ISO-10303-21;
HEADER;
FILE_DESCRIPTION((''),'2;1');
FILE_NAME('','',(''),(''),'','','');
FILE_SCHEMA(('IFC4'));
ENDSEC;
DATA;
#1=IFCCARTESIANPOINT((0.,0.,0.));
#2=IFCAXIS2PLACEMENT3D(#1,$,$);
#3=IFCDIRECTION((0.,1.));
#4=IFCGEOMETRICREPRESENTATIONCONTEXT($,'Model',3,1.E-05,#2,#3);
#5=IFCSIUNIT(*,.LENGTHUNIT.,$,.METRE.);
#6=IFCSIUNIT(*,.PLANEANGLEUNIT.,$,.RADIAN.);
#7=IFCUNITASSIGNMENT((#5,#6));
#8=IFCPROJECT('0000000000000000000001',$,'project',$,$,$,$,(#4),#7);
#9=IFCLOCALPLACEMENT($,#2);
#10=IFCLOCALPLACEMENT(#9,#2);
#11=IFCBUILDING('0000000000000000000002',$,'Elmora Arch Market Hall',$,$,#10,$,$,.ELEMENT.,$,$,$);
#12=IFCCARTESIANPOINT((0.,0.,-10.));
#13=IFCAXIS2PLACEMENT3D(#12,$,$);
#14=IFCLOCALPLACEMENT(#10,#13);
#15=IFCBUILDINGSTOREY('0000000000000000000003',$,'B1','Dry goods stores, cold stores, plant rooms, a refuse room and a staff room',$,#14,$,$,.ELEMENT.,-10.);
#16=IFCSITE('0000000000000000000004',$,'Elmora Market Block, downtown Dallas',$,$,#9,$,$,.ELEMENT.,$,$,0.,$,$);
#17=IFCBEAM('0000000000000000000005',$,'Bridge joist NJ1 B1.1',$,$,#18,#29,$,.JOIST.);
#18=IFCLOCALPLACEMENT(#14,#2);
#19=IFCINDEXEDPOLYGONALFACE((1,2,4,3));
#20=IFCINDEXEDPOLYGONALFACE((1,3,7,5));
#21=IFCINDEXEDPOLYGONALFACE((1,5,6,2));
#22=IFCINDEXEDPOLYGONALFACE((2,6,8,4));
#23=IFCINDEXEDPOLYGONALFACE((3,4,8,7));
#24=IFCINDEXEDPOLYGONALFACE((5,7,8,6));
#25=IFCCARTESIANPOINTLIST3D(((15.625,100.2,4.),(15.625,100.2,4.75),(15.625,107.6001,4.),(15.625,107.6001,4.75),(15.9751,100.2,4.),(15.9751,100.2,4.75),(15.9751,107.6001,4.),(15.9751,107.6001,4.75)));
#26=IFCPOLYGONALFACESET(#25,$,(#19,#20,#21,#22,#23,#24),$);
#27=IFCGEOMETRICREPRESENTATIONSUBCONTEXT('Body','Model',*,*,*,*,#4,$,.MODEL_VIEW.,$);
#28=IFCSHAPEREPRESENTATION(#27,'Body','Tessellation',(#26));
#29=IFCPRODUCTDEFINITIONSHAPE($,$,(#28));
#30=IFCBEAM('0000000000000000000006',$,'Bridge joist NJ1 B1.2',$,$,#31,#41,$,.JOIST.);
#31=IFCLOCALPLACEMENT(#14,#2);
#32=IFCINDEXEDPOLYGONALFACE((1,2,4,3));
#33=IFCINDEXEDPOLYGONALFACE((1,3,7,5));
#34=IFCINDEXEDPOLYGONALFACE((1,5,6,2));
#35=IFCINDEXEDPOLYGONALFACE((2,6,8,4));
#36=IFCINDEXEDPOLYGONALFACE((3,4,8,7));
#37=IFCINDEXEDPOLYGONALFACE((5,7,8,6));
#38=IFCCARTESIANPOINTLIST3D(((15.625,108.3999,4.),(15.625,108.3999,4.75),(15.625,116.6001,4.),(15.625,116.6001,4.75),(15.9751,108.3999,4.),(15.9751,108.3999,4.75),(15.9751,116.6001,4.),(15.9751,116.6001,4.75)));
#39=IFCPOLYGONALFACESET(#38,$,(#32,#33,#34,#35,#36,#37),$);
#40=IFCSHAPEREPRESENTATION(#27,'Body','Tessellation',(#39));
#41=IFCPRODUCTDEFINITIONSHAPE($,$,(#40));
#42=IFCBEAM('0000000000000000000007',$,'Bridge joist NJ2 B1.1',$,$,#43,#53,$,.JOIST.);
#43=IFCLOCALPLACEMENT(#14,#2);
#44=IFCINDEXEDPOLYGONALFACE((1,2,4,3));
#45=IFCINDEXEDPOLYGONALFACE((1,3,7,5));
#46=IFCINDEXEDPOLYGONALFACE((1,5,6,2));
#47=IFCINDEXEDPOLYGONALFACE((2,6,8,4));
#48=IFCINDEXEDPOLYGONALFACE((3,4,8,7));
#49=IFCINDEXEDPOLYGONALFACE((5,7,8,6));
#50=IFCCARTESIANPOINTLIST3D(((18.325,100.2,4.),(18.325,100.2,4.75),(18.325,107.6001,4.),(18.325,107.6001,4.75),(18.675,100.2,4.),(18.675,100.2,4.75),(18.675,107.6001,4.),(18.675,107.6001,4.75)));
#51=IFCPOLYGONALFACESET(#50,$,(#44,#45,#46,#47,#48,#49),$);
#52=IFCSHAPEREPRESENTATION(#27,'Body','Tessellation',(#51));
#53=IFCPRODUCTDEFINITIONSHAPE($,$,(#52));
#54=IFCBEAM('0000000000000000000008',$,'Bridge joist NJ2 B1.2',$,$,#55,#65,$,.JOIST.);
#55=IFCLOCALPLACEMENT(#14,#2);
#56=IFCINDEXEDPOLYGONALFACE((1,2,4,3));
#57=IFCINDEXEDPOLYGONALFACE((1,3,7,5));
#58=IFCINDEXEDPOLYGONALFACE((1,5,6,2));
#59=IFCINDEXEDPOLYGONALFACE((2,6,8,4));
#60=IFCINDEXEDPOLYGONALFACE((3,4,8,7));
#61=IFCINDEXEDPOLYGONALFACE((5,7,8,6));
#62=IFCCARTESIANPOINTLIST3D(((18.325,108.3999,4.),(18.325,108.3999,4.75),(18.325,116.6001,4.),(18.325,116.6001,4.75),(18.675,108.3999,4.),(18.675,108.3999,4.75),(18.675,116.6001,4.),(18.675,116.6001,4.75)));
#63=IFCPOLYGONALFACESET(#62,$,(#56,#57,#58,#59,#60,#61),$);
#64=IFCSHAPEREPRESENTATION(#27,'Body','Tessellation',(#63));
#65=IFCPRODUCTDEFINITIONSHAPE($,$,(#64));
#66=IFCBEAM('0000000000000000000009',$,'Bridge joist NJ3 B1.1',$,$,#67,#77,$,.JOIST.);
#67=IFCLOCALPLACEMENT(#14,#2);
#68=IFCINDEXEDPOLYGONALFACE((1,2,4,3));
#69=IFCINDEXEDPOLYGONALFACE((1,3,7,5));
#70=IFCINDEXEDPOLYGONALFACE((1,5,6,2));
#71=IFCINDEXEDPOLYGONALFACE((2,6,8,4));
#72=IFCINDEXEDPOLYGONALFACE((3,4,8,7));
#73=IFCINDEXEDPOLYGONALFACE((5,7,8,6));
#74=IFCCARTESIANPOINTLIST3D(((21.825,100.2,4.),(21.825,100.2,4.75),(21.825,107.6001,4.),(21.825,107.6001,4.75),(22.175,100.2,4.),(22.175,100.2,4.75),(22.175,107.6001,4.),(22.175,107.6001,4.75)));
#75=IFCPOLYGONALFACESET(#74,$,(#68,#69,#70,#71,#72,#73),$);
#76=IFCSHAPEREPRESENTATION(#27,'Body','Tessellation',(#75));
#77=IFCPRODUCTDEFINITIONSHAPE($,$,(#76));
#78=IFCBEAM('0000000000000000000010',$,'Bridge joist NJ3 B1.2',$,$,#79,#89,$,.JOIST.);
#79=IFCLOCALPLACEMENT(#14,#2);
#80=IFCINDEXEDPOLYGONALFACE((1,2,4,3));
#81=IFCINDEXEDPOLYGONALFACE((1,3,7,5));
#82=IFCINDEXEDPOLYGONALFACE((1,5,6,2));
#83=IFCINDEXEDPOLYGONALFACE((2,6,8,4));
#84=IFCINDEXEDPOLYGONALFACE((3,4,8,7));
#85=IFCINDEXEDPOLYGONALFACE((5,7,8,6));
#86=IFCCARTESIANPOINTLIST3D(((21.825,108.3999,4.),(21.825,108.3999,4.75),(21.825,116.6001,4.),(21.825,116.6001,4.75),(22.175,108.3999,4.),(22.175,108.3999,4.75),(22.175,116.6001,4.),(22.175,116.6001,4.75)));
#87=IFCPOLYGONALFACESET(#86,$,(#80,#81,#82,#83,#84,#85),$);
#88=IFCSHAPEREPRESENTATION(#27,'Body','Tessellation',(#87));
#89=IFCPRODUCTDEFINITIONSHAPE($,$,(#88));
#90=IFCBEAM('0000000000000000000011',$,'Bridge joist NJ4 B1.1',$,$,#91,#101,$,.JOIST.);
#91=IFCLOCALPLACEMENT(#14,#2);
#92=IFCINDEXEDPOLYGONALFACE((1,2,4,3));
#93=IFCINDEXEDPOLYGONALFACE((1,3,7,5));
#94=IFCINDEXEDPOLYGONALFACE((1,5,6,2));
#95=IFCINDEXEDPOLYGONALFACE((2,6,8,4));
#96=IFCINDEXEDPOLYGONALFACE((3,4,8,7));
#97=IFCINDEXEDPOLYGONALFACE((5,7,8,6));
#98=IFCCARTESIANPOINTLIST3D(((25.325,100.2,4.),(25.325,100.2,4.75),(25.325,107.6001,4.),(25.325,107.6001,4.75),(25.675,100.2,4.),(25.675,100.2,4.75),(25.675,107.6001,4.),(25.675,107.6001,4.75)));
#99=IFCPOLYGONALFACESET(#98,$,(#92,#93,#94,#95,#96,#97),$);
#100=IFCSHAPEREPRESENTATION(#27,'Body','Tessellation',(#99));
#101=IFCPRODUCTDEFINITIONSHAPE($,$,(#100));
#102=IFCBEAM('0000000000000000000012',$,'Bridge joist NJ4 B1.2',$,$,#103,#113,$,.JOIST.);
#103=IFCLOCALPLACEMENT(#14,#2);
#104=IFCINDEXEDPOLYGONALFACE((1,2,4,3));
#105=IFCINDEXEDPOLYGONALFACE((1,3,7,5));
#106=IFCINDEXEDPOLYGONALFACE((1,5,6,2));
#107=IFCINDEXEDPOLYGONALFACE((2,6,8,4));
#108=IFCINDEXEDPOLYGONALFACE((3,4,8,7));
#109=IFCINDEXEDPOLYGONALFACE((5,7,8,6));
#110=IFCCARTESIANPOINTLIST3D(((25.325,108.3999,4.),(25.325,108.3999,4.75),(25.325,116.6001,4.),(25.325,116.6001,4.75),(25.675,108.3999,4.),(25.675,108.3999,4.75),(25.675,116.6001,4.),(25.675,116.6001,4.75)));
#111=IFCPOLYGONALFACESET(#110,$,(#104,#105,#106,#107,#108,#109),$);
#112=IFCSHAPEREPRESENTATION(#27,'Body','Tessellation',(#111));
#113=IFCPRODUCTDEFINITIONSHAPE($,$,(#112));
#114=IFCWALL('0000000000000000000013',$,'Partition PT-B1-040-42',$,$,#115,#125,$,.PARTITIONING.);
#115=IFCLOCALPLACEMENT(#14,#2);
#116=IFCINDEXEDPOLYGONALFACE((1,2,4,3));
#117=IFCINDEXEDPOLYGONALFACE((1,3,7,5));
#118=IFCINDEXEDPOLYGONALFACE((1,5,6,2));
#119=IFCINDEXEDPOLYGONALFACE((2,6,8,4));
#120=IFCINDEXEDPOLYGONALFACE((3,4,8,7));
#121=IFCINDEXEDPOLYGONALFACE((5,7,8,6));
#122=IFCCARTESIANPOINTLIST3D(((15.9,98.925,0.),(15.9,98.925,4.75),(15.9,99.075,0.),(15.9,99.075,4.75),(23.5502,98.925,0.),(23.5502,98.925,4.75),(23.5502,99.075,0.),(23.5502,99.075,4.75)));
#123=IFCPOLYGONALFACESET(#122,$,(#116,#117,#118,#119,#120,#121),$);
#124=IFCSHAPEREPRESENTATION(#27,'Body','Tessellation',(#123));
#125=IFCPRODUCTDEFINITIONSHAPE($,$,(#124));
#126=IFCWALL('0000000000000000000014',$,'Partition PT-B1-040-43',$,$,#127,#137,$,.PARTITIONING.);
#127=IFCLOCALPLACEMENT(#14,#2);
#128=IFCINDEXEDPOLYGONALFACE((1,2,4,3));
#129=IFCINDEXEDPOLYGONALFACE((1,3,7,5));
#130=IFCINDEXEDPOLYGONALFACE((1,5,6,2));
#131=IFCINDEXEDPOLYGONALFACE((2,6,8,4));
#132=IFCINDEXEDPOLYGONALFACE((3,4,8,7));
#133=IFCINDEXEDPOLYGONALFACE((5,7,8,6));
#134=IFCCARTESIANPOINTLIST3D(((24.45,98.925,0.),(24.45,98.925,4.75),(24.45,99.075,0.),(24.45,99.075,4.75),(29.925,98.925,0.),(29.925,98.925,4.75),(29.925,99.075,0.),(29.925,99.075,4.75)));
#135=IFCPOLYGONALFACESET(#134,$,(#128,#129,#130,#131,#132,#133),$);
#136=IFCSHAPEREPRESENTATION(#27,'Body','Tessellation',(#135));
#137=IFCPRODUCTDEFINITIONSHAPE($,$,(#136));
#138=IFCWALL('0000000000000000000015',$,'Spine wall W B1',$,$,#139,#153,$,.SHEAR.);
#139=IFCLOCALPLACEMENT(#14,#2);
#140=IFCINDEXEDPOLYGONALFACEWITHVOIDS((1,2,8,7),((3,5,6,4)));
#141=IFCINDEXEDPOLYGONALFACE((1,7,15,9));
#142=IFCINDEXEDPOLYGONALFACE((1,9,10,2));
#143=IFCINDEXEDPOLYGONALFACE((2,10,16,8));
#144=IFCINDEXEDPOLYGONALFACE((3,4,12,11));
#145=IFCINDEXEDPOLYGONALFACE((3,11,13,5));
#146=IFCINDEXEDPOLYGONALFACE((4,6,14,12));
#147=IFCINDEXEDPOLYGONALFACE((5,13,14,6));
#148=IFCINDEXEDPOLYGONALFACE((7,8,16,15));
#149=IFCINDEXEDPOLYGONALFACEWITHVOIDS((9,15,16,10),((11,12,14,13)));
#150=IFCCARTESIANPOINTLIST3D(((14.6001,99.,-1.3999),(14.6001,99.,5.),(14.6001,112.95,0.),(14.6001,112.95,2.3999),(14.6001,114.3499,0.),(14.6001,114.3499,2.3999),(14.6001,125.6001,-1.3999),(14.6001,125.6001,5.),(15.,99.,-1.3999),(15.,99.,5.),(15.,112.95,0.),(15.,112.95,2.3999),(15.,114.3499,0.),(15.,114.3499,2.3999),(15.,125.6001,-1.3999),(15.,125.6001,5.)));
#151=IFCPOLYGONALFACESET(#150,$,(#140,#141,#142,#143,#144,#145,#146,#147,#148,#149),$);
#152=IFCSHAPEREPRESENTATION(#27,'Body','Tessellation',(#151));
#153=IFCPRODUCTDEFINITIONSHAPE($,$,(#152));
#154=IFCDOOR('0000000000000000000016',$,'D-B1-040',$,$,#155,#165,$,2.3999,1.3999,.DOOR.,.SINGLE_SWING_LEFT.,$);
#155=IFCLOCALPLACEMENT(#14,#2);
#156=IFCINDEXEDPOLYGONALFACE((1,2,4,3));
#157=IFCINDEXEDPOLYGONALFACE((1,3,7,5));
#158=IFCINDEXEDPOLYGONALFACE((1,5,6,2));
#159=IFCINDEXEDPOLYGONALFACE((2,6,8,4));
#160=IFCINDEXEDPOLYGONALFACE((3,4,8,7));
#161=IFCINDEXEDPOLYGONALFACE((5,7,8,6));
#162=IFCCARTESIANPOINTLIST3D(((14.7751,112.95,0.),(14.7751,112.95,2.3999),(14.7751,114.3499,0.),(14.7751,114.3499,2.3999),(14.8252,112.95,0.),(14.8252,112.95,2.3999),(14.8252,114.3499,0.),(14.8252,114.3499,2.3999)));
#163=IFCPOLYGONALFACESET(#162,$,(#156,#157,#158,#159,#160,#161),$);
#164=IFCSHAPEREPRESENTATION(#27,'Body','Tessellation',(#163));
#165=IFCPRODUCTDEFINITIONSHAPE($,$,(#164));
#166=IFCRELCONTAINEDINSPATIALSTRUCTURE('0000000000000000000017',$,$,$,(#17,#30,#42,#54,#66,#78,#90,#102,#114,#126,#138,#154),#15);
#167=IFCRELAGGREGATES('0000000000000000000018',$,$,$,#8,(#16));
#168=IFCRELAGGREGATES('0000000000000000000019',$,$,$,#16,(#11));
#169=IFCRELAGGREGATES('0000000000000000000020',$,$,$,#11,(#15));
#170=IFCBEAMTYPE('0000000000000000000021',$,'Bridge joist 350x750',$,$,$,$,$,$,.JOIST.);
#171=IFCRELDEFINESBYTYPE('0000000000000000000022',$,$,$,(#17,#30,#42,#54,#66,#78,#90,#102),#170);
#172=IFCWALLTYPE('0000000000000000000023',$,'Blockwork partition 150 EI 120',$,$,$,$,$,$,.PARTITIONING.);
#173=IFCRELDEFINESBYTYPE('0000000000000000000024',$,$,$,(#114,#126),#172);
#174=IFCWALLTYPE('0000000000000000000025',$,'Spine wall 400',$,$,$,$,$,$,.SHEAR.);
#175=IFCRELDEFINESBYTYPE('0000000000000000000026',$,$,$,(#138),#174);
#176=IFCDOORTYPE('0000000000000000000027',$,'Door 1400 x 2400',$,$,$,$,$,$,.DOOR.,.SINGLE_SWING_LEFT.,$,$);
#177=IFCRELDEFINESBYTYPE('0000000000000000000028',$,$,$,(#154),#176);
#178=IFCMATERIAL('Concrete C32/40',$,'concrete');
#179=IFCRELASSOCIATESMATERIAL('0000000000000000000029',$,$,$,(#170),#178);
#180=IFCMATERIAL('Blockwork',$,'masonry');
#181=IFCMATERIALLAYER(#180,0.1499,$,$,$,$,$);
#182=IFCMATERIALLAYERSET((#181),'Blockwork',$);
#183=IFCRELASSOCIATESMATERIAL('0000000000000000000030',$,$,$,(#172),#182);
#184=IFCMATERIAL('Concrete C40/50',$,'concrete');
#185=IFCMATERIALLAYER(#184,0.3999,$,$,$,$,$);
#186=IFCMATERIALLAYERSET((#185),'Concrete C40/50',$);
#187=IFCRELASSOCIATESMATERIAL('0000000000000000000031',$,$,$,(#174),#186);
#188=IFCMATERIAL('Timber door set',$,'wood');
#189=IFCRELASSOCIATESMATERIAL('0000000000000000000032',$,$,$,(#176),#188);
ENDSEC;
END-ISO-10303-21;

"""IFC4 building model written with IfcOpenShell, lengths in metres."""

from ifc_helpers import new_model, si_unit, direction, frame, frame_2d, origin, origin_2d, place, context, subcontext, project, spatial, rectangle, extrude, material, layer, layer_set, material_profile, profile_set, type_object, element, fill, save


model = new_model("IFC4")

# Units and contexts
model_context = context("Model", 3, precision=1e-05, world=origin(), true_north=direction((0.0, 1.0)))
body_context = subcontext(model_context, "Body", "Model", "MODEL_VIEW")
ifc_project = project(units=[si_unit("LENGTHUNIT", "METRE"), si_unit("PLANEANGLEUNIT", "RADIAN")], contexts=[model_context])

# Site, building, storey
site_placement = place(None, origin())
site = spatial("IfcSite", under=ifc_project, at=site_placement, Name="Elmora Market Block, downtown Dallas", CompositionType="ELEMENT", RefElevation=0.0)
building_placement = place(site_placement, origin())
building = spatial("IfcBuilding", under=site, at=building_placement, Name="Elmora Arch Market Hall", CompositionType="ELEMENT")
storey_placement = place(building_placement, frame((0.0, 0.0, -10.0)))
storey = spatial("IfcBuildingStorey", under=building, at=storey_placement, Name="B1", Description="Dry goods stores, cold stores, plant rooms, a refuse room and a staff room", CompositionType="ELEMENT", Elevation=-10.0)

# Beams
ifc_material_1 = material(Name="Concrete C32/40", Category="concrete")
ifc_material_profile_1 = material_profile(ifc_material_1, rectangle(XDim=0.3501, YDim=0.75, at=origin_2d()), Name="Bridge joist 350x750")
ifc_profile_set_1 = profile_set([ifc_material_profile_1], Name="Concrete C32/40")
beam_type_1 = type_object("IfcBeamType", Name="Bridge joist 350x750", PredefinedType="JOIST", material=ifc_profile_set_1)
beam_1_placement = place(storey_placement, frame((15.8, 100.2, 4.375), z_axis=(0.0, 1.0, 0.0), x_axis=(-1.0, 0.0, 0.0)))
element("IfcBeam", 1, at=beam_1_placement, inside=storey, type_object=beam_type_1, Name="Bridge joist NJ1 B1.1", PredefinedType="JOIST", context=body_context, shape_type="SweptSolid", body=[
    extrude(rectangle(XDim=0.3501, YDim=0.75, at=origin_2d()), origin(), (0.0, 0.0, 1.0), 7.4001),
])
beam_2_placement = place(storey_placement, frame((15.8, 108.3999, 4.375), z_axis=(0.0, 1.0, 0.0), x_axis=(-1.0, 0.0, 0.0)))
element("IfcBeam", 2, at=beam_2_placement, inside=storey, type_object=beam_type_1, Name="Bridge joist NJ1 B1.2", PredefinedType="JOIST", context=body_context, shape_type="SweptSolid", body=[
    extrude(rectangle(XDim=0.3501, YDim=0.75, at=origin_2d()), origin(), (0.0, 0.0, 1.0), 8.2002),
])
beam_3_placement = place(storey_placement, frame((18.5, 100.2, 4.375), z_axis=(0.0, 1.0, 0.0), x_axis=(-1.0, 0.0, 0.0)))
element("IfcBeam", 3, at=beam_3_placement, inside=storey, type_object=beam_type_1, Name="Bridge joist NJ2 B1.1", PredefinedType="JOIST", context=body_context, shape_type="SweptSolid", body=[
    extrude(rectangle(XDim=0.3501, YDim=0.75, at=origin_2d()), origin(), (0.0, 0.0, 1.0), 7.4001),
])
beam_4_placement = place(storey_placement, frame((18.5, 108.3999, 4.375), z_axis=(0.0, 1.0, 0.0), x_axis=(-1.0, 0.0, 0.0)))
element("IfcBeam", 4, at=beam_4_placement, inside=storey, type_object=beam_type_1, Name="Bridge joist NJ2 B1.2", PredefinedType="JOIST", context=body_context, shape_type="SweptSolid", body=[
    extrude(rectangle(XDim=0.3501, YDim=0.75, at=origin_2d()), origin(), (0.0, 0.0, 1.0), 8.2002),
])
beam_5_placement = place(storey_placement, frame((22.0, 100.2, 4.375), z_axis=(0.0, 1.0, 0.0), x_axis=(-1.0, 0.0, 0.0)))
element("IfcBeam", 5, at=beam_5_placement, inside=storey, type_object=beam_type_1, Name="Bridge joist NJ3 B1.1", PredefinedType="JOIST", context=body_context, shape_type="SweptSolid", body=[
    extrude(rectangle(XDim=0.3501, YDim=0.75, at=origin_2d()), origin(), (0.0, 0.0, 1.0), 7.4001),
])
beam_6_placement = place(storey_placement, frame((22.0, 108.3999, 4.375), z_axis=(0.0, 1.0, 0.0), x_axis=(-1.0, 0.0, 0.0)))
element("IfcBeam", 6, at=beam_6_placement, inside=storey, type_object=beam_type_1, Name="Bridge joist NJ3 B1.2", PredefinedType="JOIST", context=body_context, shape_type="SweptSolid", body=[
    extrude(rectangle(XDim=0.3501, YDim=0.75, at=origin_2d()), origin(), (0.0, 0.0, 1.0), 8.2002),
])
beam_7_placement = place(storey_placement, frame((25.5, 100.2, 4.375), z_axis=(0.0, 1.0, 0.0), x_axis=(-1.0, 0.0, 0.0)))
element("IfcBeam", 7, at=beam_7_placement, inside=storey, type_object=beam_type_1, Name="Bridge joist NJ4 B1.1", PredefinedType="JOIST", context=body_context, shape_type="SweptSolid", body=[
    extrude(rectangle(XDim=0.3501, YDim=0.75, at=origin_2d()), origin(), (0.0, 0.0, 1.0), 7.4001),
])
beam_8_placement = place(storey_placement, frame((25.5, 108.3999, 4.375), z_axis=(0.0, 1.0, 0.0), x_axis=(-1.0, 0.0, 0.0)))
element("IfcBeam", 8, at=beam_8_placement, inside=storey, type_object=beam_type_1, Name="Bridge joist NJ4 B1.2", PredefinedType="JOIST", context=body_context, shape_type="SweptSolid", body=[
    extrude(rectangle(XDim=0.3501, YDim=0.75, at=origin_2d()), origin(), (0.0, 0.0, 1.0), 8.2002),
])

# Walls
ifc_material_2 = material(Name="Blockwork", Category="masonry")
ifc_layer_1 = layer(ifc_material_2, 0.1499)
ifc_layer_set_1 = layer_set([ifc_layer_1], Name="Blockwork")
wall_type_1 = type_object("IfcWallType", Name="Blockwork partition 150 EI 120", PredefinedType="PARTITIONING", material=ifc_layer_set_1)
wall_1_placement = place(storey_placement, frame((15.8999, 99.0, 0.0), z_axis=(0.0, 0.0, 1.0), x_axis=(1.0, 0.0, 0.0)))
element("IfcWall", 9, at=wall_1_placement, inside=storey, type_object=wall_type_1, Name="Partition PT-B1-040-42", PredefinedType="PARTITIONING", context=body_context, shape_type="SweptSolid", body=[
    extrude(rectangle(XDim=7.6501, YDim=0.1499, at=frame_2d((3.8252, 0.0))), origin(), (0.0, 0.0, 1.0), 4.75),
])
wall_2_placement = place(storey_placement, frame((24.45, 99.0, 0.0), z_axis=(0.0, 0.0, 1.0), x_axis=(1.0, 0.0, 0.0)))
element("IfcWall", 10, at=wall_2_placement, inside=storey, type_object=wall_type_1, Name="Partition PT-B1-040-43", PredefinedType="PARTITIONING", context=body_context, shape_type="SweptSolid", body=[
    extrude(rectangle(XDim=5.4751, YDim=0.1499, at=frame_2d((2.7375, 0.0))), origin(), (0.0, 0.0, 1.0), 4.75),
])

# Wall, opening, door
ifc_material_3 = material(Name="Concrete C40/50", Category="concrete")
ifc_layer_2 = layer(ifc_material_3, 0.3999)
ifc_layer_set_2 = layer_set([ifc_layer_2], Name="Concrete C40/50")
wall_type_2 = type_object("IfcWallType", Name="Spine wall 400", PredefinedType="SHEAR", material=ifc_layer_set_2)
wall_3_placement = place(storey_placement, frame((14.8, 99.0, -1.3999), z_axis=(0.0, 0.0, 1.0), x_axis=(0.0, 1.0, 0.0)))
wall_3 = element("IfcWall", 11, at=wall_3_placement, inside=storey, type_object=wall_type_2, Name="Spine wall W B1", PredefinedType="SHEAR", context=body_context, shape_type="SweptSolid", body=[
    extrude(rectangle(XDim=26.6001, YDim=0.3999, at=frame_2d((13.3, 0.0))), origin(), (0.0, 0.0, 1.0), 6.3999),
])
opening_placement = place(wall_3_placement, frame((13.95, 0.0, 1.3999)))
opening = element("IfcOpeningElement", 12, at=opening_placement, cuts=wall_3, PredefinedType="OPENING", context=body_context, shape_type="SweptSolid", body=[
    extrude(rectangle(XDim=1.3999, YDim=2.3999, at=frame_2d((0.7, 1.2))), frame((0.0, 0.21, 0.0), z_axis=(0.0, -1.0, 0.0), x_axis=(1.0, 0.0, 0.0)), (0.0, 0.0, 1.0), 0.4199),
])
ifc_material_4 = material(Name="Timber door set", Category="wood")
door_type = type_object("IfcDoorType", Name="Door 1400 x 2400", OperationType="SINGLE_SWING_LEFT", PredefinedType="DOOR", material=ifc_material_4)
door_placement = place(opening_placement, origin())
door = element("IfcDoor", 13, at=door_placement, inside=storey, type_object=door_type, Name="D-B1-040", OperationType="SINGLE_SWING_LEFT", OverallHeight=2.3999, OverallWidth=1.3999, PredefinedType="DOOR", context=body_context, shape_type="SweptSolid", body=[
    extrude(rectangle(XDim=1.3999, YDim=2.3999, at=frame_2d((0.7, 1.2))), frame((0.0, 0.0249, 0.0), z_axis=(0.0, -1.0, 0.0), x_axis=(1.0, 0.0, 0.0)), (0.0, 0.0, 1.0), 0.05),
])
fill(opening, door)

save(model, "model.ifc")
